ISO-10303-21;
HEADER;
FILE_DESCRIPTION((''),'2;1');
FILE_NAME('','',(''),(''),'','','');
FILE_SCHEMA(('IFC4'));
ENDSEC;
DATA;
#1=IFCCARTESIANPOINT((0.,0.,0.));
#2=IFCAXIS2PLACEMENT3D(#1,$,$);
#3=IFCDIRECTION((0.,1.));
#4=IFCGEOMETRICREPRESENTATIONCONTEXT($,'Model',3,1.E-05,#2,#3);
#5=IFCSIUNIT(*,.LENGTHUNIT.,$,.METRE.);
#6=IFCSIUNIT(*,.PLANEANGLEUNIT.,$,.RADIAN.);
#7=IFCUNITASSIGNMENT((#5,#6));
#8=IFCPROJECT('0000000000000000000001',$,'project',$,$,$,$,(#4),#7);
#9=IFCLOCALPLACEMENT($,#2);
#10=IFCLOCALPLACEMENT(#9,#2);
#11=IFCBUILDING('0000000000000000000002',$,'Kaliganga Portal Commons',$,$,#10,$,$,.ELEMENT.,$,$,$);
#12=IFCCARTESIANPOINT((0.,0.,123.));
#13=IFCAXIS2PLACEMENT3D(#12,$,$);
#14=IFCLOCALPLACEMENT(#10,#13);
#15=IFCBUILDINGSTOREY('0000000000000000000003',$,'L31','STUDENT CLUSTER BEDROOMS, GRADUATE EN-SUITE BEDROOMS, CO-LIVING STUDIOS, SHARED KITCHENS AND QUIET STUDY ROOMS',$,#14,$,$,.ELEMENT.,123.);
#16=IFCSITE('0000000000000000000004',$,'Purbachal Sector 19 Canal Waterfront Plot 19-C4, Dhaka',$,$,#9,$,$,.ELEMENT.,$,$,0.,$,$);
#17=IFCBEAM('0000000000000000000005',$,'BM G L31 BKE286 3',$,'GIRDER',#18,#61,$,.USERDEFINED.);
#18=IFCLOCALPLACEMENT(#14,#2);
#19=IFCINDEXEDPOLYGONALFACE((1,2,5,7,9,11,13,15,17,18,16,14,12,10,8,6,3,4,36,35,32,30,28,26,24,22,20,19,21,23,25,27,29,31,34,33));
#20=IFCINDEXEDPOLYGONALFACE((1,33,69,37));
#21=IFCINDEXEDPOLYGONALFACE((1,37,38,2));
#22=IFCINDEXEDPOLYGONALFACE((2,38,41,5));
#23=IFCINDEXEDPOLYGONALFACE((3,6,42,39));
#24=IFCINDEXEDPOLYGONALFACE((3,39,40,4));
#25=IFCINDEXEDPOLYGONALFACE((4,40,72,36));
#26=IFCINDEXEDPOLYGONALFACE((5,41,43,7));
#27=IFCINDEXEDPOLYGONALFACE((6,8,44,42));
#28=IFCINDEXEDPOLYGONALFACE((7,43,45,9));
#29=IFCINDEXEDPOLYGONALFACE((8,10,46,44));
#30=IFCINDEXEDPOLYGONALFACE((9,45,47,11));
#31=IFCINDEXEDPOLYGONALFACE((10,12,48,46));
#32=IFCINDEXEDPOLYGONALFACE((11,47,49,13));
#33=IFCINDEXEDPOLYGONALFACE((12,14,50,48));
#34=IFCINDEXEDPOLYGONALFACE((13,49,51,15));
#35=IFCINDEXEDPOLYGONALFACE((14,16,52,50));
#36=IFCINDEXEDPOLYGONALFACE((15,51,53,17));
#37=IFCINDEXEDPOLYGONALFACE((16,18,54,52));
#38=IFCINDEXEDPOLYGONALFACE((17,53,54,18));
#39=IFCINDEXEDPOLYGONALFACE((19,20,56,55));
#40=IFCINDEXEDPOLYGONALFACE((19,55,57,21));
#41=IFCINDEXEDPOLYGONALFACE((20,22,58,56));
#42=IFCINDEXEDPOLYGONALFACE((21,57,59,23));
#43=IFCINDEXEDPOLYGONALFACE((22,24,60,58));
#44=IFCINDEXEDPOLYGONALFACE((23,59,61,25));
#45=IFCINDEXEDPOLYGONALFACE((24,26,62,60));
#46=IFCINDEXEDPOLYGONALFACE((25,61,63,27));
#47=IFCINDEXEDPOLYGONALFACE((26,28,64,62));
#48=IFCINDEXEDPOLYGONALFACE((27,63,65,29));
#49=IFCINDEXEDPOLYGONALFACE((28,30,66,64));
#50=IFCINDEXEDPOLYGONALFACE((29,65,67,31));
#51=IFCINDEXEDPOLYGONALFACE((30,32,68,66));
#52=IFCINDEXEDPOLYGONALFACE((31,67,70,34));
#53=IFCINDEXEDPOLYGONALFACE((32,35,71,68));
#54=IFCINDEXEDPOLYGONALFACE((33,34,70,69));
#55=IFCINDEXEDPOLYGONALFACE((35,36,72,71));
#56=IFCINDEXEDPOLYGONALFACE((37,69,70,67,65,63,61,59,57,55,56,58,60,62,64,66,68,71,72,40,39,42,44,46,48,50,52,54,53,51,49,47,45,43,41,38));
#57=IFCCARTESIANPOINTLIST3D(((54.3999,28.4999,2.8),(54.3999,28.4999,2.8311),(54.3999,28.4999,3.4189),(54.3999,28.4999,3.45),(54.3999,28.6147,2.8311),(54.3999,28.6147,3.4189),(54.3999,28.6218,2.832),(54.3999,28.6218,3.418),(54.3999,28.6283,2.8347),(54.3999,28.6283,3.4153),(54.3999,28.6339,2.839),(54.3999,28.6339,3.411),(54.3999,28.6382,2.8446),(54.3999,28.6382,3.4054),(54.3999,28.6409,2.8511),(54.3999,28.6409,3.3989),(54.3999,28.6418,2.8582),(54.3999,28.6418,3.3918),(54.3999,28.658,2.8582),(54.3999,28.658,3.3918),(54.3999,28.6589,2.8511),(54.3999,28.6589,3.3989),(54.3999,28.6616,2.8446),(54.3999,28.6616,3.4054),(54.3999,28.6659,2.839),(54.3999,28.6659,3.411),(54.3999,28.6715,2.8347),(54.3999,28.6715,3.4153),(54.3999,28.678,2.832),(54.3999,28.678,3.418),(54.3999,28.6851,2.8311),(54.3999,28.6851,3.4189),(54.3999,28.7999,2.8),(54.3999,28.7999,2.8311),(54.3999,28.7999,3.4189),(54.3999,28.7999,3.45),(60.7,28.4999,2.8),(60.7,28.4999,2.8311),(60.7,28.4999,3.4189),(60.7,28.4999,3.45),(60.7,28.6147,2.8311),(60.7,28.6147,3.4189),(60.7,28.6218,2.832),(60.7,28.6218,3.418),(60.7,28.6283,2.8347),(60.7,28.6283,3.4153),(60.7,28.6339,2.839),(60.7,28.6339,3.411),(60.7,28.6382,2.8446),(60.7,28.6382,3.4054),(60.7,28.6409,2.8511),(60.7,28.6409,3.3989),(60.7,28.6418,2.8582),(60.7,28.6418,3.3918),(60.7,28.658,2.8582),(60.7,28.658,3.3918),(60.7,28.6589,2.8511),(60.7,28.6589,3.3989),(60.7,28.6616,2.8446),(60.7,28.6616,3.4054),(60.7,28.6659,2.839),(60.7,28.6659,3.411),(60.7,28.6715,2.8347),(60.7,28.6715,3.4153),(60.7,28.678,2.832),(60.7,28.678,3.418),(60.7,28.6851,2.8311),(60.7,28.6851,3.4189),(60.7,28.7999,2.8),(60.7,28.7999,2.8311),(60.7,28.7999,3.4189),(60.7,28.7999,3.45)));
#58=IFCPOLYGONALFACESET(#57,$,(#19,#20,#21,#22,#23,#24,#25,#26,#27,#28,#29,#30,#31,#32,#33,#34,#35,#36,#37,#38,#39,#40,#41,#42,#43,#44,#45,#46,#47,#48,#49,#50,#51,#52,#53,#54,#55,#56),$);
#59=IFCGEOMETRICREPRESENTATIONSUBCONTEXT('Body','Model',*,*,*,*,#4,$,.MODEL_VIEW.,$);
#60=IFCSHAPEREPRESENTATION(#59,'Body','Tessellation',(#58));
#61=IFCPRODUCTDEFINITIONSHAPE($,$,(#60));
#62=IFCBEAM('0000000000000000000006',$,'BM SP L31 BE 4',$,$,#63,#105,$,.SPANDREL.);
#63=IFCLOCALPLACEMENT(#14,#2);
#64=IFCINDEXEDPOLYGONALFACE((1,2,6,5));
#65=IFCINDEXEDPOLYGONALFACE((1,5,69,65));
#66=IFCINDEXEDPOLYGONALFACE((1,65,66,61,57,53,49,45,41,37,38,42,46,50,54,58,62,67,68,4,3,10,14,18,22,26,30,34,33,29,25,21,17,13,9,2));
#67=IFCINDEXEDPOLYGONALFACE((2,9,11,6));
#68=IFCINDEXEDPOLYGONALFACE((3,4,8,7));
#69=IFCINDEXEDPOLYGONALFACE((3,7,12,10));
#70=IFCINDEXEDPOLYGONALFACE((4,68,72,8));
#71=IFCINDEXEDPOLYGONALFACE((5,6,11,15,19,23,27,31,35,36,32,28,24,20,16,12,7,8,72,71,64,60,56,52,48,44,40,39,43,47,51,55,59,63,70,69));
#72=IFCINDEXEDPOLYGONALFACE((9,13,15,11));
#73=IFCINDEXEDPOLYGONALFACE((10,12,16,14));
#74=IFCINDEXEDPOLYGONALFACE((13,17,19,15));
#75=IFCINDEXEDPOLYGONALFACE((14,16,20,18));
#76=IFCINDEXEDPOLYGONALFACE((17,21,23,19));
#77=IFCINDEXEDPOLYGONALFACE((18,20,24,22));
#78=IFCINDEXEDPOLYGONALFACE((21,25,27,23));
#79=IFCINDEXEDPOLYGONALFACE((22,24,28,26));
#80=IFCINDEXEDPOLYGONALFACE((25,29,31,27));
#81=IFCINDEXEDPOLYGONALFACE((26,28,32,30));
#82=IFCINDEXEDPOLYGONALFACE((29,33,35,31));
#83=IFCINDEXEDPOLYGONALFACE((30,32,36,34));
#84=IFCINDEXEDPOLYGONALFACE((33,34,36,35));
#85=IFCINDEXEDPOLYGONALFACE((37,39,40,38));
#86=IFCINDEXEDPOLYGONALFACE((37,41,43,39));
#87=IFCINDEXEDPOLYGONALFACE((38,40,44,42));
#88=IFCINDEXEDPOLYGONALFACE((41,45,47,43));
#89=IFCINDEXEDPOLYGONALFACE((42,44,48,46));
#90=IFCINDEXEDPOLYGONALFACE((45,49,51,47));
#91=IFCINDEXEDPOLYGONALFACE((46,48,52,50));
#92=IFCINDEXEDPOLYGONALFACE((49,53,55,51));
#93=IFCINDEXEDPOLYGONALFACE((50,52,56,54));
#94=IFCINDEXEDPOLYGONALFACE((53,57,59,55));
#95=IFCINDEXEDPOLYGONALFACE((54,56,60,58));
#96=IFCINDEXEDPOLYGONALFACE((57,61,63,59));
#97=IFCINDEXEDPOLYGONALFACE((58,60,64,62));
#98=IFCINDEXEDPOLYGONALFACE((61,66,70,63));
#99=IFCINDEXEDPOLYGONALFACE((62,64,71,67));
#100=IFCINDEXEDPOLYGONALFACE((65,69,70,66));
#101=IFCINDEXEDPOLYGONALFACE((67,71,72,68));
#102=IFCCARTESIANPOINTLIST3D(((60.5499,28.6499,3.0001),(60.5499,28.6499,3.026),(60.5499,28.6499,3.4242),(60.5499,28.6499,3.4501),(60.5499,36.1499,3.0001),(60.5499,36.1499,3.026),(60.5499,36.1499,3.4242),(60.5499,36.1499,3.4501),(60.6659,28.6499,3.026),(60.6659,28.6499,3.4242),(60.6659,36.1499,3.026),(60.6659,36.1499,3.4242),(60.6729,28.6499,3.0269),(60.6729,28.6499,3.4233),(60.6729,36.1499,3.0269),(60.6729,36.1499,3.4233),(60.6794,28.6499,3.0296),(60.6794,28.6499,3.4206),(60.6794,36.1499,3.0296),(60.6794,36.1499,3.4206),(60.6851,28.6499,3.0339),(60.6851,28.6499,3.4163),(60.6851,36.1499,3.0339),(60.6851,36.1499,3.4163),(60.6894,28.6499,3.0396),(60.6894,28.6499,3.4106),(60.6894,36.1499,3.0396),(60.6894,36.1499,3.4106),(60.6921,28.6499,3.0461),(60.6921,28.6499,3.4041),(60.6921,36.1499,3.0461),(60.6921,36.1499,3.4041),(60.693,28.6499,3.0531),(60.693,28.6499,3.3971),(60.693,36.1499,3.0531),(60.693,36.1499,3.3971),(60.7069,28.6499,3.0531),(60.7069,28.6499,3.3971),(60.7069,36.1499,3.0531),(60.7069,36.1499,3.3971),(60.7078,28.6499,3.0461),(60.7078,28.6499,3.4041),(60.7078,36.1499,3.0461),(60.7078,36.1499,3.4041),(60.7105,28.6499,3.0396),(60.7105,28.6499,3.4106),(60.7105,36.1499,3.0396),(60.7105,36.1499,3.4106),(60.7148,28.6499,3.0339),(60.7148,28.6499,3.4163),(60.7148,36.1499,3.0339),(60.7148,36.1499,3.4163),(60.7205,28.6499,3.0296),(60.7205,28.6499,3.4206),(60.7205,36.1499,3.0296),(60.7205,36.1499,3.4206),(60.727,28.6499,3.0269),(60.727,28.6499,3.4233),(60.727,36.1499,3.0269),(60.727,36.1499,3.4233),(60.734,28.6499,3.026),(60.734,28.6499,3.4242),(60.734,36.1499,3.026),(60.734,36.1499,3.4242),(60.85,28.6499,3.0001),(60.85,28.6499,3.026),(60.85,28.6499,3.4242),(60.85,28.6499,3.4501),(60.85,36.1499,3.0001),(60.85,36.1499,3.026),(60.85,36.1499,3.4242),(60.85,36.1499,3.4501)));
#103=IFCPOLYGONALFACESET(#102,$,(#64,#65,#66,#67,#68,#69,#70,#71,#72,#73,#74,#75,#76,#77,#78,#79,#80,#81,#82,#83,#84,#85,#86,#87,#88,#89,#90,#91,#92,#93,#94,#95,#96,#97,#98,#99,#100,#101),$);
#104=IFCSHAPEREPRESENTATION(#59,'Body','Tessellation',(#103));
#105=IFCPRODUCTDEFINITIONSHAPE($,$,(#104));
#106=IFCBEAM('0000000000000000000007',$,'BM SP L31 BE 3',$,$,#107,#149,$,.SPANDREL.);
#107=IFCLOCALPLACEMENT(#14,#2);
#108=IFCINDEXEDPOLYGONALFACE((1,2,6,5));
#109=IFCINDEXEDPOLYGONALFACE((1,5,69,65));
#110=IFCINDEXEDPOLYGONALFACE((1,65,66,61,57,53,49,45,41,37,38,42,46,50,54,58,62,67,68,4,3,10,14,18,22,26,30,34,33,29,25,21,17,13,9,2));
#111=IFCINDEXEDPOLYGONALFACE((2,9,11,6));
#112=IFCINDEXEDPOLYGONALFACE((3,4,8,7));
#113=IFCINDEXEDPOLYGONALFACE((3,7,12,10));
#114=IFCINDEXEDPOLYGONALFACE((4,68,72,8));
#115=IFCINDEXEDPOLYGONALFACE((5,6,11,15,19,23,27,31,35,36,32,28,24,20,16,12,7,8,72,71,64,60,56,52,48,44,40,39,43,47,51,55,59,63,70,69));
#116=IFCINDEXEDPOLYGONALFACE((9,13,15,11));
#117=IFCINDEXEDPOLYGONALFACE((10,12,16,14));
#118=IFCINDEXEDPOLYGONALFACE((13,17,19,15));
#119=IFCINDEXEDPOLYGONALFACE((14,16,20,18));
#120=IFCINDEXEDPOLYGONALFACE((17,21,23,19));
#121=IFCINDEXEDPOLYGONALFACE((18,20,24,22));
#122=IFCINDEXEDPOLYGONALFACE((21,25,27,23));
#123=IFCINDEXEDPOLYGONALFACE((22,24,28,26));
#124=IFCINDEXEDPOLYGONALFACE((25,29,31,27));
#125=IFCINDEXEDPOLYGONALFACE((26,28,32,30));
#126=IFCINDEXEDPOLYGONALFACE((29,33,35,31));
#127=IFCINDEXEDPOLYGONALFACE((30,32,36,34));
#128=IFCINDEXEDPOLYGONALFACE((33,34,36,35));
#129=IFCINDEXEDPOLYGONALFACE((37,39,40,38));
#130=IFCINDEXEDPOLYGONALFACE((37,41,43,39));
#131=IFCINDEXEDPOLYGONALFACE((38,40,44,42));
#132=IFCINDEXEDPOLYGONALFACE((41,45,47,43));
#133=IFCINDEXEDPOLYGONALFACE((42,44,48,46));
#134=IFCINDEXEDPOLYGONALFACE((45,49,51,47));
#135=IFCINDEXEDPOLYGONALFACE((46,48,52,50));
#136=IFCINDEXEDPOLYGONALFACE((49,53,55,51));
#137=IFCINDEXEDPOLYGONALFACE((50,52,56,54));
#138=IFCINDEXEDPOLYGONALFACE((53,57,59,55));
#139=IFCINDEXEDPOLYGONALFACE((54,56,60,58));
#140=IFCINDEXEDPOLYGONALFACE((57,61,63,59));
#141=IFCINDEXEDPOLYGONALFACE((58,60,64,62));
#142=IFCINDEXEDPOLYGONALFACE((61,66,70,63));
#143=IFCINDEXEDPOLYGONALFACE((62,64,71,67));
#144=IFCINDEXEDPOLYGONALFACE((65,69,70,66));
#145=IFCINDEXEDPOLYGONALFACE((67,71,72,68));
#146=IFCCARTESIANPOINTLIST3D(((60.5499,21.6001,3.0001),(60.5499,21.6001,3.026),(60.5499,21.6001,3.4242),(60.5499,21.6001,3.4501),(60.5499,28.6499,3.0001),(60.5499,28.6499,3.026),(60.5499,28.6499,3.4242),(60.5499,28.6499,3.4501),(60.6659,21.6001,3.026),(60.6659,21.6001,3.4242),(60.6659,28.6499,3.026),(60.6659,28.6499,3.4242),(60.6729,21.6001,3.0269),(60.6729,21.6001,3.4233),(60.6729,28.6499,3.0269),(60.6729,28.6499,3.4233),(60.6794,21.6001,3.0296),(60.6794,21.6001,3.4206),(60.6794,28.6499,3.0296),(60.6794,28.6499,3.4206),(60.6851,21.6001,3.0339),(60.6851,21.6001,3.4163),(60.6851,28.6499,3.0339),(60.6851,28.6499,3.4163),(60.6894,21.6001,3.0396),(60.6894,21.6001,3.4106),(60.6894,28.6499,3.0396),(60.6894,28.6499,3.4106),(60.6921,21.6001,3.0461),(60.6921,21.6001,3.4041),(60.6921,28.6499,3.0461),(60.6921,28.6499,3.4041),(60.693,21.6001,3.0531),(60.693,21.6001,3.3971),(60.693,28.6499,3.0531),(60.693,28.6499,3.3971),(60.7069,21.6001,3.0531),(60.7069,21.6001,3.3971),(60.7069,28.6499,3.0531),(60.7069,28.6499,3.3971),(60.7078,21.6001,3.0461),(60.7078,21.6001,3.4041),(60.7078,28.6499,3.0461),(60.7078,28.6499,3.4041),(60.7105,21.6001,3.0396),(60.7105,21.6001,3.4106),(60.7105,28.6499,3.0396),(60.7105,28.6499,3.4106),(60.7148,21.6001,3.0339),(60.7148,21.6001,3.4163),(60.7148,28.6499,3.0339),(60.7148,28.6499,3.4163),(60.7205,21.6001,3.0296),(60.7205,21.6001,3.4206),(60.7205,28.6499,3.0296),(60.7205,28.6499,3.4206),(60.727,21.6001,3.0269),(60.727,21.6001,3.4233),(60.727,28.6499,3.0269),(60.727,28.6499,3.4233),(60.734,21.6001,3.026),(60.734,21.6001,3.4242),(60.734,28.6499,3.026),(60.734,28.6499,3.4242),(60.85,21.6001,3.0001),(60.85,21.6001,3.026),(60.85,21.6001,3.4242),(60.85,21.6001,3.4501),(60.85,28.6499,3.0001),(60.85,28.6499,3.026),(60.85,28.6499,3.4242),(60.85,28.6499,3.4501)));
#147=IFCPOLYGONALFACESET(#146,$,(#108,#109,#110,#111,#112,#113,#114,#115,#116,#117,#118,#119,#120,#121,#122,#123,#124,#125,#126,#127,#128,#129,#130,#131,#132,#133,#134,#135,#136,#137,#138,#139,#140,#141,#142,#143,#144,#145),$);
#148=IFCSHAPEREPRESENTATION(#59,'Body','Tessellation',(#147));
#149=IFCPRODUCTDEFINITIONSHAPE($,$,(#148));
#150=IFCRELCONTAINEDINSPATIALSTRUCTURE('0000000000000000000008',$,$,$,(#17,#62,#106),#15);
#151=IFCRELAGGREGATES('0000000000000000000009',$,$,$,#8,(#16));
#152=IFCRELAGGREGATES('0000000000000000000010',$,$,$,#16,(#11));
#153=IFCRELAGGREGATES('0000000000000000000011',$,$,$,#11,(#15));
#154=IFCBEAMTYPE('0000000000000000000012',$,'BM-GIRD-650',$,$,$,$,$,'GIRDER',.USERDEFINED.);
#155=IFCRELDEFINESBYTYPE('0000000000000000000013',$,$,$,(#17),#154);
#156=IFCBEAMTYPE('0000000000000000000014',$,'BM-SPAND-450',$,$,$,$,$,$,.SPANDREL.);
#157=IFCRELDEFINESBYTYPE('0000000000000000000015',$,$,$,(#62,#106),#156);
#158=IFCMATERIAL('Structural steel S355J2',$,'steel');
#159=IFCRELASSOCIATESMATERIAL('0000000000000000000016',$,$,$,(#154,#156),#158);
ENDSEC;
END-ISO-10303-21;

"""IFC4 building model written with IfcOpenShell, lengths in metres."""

from ifc_helpers import new_model, si_unit, direction, frame, origin, origin_2d, place, context, subcontext, project, spatial, i_section, extrude, source, transform, mapped, material, material_profile, profile_set, type_object, element, save


model = new_model("IFC4")

# Units and contexts
model_context = context("Model", 3, precision=1e-05, world=origin(), true_north=direction((0.0, 1.0)))
body_context = subcontext(model_context, "Body", "Model", "MODEL_VIEW")
ifc_project = project(units=[si_unit("LENGTHUNIT", "METRE"), si_unit("PLANEANGLEUNIT", "RADIAN")], contexts=[model_context])

# Site, building, storey
site_placement = place(None, origin())
site = spatial("IfcSite", under=ifc_project, at=site_placement, Name="Purbachal Sector 19 Canal Waterfront Plot 19-C4, Dhaka", CompositionType="ELEMENT", RefElevation=0.0)
building_placement = place(site_placement, origin())
building = spatial("IfcBuilding", under=site, at=building_placement, Name="Kaliganga Portal Commons", CompositionType="ELEMENT")
storey_placement = place(building_placement, frame((0.0, 0.0, 123.0)))
storey = spatial("IfcBuildingStorey", under=building, at=storey_placement, Name="L31", Description="STUDENT CLUSTER BEDROOMS, GRADUATE EN-SUITE BEDROOMS, CO-LIVING STUDIOS, SHARED KITCHENS AND QUIET STUDY ROOMS", CompositionType="ELEMENT", Elevation=123.0)

# Beams
ifc_material_1 = material(Name="Structural steel S355J2", Category="steel")
ifc_material_profile_1 = material_profile(ifc_material_1, i_section(OverallWidth=0.3, OverallDepth=0.6499, WebThickness=0.0161, FlangeThickness=0.031, FilletRadius=0.0271, at=origin_2d()), Name="HE 650 B")
ifc_profile_set_1 = profile_set([ifc_material_profile_1], Name="Structural steel S355J2 wide-flange")
beam_type_1 = type_object("IfcBeamType", Name="BM-GIRD-650", ElementType="GIRDER", PredefinedType="USERDEFINED", material=ifc_profile_set_1)
shared_shape_1 = source(origin(), body_context, "Body", "SweptSolid", [
    extrude(i_section(OverallWidth=0.3, OverallDepth=0.6499, WebThickness=0.0161, FlangeThickness=0.031, FilletRadius=0.0271, at=origin_2d()), origin(), (0.0, 0.0, 1.0), 6.3),
])
for number, where, z_axis, x_axis, name in (
    (1, (54.3999, 28.6499, 3.125), (1.0, 0.0, 0.0), (0.0, 1.0, 0.0), "BM G L31 BKE286 3"),
):
    element("IfcBeam", number, at=place(storey_placement, frame(where, z_axis=z_axis, x_axis=x_axis)), inside=storey, type_object=beam_type_1, Name=name, ObjectType="GIRDER", PredefinedType="USERDEFINED", context=body_context, shape_type="MappedRepresentation", body=[
        mapped(shared_shape_1, transform((0.0, 0.0, 0.0), x_axis=(1.0, 0.0, 0.0), y_axis=(0.0, 1.0, 0.0), z_axis=(0.0, 0.0, 1.0), scale=1.0)),
    ])
ifc_material_profile_2 = material_profile(ifc_material_1, i_section(OverallWidth=0.3, OverallDepth=0.45, WebThickness=0.0139, FlangeThickness=0.0259, FilletRadius=0.0271, at=origin_2d()), Name="HE 450 B")
ifc_profile_set_2 = profile_set([ifc_material_profile_2], Name="Structural steel S355J2 wide-flange")
beam_type_2 = type_object("IfcBeamType", Name="BM-SPAND-450", PredefinedType="SPANDREL", material=ifc_profile_set_2)
shared_shape_2 = source(origin(), body_context, "Body", "SweptSolid", [
    extrude(i_section(OverallWidth=0.3, OverallDepth=0.45, WebThickness=0.0139, FlangeThickness=0.0259, FilletRadius=0.0271, at=origin_2d()), origin(), (0.0, 0.0, 1.0), 7.5),
])
beam_1_placement = place(storey_placement, frame((60.7, 28.6499, 3.2251), z_axis=(0.0, 1.0, 0.0), x_axis=(-1.0, 0.0, 0.0)))
element("IfcBeam", 2, at=beam_1_placement, inside=storey, type_object=beam_type_2, Name="BM SP L31 BE 4", PredefinedType="SPANDREL", context=body_context, shape_type="MappedRepresentation", body=[
    mapped(shared_shape_2, transform((0.0, 0.0, 0.0), x_axis=(1.0, 0.0, 0.0), y_axis=(0.0, 1.0, 0.0), z_axis=(0.0, 0.0, 1.0), scale=1.0)),
])
shared_shape_3 = source(origin(), body_context, "Body", "SweptSolid", [
    extrude(i_section(OverallWidth=0.3, OverallDepth=0.45, WebThickness=0.0139, FlangeThickness=0.0259, FilletRadius=0.0271, at=origin_2d()), origin(), (0.0, 0.0, 1.0), 7.0498),
])
beam_2_placement = place(storey_placement, frame((60.7, 21.6001, 3.2251), z_axis=(0.0, 1.0, 0.0), x_axis=(-1.0, 0.0, 0.0)))
element("IfcBeam", 3, at=beam_2_placement, inside=storey, type_object=beam_type_2, Name="BM SP L31 BE 3", PredefinedType="SPANDREL", context=body_context, shape_type="MappedRepresentation", body=[
    mapped(shared_shape_3, transform((0.0, 0.0, 0.0), x_axis=(1.0, 0.0, 0.0), y_axis=(0.0, 1.0, 0.0), z_axis=(0.0, 0.0, 1.0), scale=1.0)),
])

save(model, "model.ifc")
